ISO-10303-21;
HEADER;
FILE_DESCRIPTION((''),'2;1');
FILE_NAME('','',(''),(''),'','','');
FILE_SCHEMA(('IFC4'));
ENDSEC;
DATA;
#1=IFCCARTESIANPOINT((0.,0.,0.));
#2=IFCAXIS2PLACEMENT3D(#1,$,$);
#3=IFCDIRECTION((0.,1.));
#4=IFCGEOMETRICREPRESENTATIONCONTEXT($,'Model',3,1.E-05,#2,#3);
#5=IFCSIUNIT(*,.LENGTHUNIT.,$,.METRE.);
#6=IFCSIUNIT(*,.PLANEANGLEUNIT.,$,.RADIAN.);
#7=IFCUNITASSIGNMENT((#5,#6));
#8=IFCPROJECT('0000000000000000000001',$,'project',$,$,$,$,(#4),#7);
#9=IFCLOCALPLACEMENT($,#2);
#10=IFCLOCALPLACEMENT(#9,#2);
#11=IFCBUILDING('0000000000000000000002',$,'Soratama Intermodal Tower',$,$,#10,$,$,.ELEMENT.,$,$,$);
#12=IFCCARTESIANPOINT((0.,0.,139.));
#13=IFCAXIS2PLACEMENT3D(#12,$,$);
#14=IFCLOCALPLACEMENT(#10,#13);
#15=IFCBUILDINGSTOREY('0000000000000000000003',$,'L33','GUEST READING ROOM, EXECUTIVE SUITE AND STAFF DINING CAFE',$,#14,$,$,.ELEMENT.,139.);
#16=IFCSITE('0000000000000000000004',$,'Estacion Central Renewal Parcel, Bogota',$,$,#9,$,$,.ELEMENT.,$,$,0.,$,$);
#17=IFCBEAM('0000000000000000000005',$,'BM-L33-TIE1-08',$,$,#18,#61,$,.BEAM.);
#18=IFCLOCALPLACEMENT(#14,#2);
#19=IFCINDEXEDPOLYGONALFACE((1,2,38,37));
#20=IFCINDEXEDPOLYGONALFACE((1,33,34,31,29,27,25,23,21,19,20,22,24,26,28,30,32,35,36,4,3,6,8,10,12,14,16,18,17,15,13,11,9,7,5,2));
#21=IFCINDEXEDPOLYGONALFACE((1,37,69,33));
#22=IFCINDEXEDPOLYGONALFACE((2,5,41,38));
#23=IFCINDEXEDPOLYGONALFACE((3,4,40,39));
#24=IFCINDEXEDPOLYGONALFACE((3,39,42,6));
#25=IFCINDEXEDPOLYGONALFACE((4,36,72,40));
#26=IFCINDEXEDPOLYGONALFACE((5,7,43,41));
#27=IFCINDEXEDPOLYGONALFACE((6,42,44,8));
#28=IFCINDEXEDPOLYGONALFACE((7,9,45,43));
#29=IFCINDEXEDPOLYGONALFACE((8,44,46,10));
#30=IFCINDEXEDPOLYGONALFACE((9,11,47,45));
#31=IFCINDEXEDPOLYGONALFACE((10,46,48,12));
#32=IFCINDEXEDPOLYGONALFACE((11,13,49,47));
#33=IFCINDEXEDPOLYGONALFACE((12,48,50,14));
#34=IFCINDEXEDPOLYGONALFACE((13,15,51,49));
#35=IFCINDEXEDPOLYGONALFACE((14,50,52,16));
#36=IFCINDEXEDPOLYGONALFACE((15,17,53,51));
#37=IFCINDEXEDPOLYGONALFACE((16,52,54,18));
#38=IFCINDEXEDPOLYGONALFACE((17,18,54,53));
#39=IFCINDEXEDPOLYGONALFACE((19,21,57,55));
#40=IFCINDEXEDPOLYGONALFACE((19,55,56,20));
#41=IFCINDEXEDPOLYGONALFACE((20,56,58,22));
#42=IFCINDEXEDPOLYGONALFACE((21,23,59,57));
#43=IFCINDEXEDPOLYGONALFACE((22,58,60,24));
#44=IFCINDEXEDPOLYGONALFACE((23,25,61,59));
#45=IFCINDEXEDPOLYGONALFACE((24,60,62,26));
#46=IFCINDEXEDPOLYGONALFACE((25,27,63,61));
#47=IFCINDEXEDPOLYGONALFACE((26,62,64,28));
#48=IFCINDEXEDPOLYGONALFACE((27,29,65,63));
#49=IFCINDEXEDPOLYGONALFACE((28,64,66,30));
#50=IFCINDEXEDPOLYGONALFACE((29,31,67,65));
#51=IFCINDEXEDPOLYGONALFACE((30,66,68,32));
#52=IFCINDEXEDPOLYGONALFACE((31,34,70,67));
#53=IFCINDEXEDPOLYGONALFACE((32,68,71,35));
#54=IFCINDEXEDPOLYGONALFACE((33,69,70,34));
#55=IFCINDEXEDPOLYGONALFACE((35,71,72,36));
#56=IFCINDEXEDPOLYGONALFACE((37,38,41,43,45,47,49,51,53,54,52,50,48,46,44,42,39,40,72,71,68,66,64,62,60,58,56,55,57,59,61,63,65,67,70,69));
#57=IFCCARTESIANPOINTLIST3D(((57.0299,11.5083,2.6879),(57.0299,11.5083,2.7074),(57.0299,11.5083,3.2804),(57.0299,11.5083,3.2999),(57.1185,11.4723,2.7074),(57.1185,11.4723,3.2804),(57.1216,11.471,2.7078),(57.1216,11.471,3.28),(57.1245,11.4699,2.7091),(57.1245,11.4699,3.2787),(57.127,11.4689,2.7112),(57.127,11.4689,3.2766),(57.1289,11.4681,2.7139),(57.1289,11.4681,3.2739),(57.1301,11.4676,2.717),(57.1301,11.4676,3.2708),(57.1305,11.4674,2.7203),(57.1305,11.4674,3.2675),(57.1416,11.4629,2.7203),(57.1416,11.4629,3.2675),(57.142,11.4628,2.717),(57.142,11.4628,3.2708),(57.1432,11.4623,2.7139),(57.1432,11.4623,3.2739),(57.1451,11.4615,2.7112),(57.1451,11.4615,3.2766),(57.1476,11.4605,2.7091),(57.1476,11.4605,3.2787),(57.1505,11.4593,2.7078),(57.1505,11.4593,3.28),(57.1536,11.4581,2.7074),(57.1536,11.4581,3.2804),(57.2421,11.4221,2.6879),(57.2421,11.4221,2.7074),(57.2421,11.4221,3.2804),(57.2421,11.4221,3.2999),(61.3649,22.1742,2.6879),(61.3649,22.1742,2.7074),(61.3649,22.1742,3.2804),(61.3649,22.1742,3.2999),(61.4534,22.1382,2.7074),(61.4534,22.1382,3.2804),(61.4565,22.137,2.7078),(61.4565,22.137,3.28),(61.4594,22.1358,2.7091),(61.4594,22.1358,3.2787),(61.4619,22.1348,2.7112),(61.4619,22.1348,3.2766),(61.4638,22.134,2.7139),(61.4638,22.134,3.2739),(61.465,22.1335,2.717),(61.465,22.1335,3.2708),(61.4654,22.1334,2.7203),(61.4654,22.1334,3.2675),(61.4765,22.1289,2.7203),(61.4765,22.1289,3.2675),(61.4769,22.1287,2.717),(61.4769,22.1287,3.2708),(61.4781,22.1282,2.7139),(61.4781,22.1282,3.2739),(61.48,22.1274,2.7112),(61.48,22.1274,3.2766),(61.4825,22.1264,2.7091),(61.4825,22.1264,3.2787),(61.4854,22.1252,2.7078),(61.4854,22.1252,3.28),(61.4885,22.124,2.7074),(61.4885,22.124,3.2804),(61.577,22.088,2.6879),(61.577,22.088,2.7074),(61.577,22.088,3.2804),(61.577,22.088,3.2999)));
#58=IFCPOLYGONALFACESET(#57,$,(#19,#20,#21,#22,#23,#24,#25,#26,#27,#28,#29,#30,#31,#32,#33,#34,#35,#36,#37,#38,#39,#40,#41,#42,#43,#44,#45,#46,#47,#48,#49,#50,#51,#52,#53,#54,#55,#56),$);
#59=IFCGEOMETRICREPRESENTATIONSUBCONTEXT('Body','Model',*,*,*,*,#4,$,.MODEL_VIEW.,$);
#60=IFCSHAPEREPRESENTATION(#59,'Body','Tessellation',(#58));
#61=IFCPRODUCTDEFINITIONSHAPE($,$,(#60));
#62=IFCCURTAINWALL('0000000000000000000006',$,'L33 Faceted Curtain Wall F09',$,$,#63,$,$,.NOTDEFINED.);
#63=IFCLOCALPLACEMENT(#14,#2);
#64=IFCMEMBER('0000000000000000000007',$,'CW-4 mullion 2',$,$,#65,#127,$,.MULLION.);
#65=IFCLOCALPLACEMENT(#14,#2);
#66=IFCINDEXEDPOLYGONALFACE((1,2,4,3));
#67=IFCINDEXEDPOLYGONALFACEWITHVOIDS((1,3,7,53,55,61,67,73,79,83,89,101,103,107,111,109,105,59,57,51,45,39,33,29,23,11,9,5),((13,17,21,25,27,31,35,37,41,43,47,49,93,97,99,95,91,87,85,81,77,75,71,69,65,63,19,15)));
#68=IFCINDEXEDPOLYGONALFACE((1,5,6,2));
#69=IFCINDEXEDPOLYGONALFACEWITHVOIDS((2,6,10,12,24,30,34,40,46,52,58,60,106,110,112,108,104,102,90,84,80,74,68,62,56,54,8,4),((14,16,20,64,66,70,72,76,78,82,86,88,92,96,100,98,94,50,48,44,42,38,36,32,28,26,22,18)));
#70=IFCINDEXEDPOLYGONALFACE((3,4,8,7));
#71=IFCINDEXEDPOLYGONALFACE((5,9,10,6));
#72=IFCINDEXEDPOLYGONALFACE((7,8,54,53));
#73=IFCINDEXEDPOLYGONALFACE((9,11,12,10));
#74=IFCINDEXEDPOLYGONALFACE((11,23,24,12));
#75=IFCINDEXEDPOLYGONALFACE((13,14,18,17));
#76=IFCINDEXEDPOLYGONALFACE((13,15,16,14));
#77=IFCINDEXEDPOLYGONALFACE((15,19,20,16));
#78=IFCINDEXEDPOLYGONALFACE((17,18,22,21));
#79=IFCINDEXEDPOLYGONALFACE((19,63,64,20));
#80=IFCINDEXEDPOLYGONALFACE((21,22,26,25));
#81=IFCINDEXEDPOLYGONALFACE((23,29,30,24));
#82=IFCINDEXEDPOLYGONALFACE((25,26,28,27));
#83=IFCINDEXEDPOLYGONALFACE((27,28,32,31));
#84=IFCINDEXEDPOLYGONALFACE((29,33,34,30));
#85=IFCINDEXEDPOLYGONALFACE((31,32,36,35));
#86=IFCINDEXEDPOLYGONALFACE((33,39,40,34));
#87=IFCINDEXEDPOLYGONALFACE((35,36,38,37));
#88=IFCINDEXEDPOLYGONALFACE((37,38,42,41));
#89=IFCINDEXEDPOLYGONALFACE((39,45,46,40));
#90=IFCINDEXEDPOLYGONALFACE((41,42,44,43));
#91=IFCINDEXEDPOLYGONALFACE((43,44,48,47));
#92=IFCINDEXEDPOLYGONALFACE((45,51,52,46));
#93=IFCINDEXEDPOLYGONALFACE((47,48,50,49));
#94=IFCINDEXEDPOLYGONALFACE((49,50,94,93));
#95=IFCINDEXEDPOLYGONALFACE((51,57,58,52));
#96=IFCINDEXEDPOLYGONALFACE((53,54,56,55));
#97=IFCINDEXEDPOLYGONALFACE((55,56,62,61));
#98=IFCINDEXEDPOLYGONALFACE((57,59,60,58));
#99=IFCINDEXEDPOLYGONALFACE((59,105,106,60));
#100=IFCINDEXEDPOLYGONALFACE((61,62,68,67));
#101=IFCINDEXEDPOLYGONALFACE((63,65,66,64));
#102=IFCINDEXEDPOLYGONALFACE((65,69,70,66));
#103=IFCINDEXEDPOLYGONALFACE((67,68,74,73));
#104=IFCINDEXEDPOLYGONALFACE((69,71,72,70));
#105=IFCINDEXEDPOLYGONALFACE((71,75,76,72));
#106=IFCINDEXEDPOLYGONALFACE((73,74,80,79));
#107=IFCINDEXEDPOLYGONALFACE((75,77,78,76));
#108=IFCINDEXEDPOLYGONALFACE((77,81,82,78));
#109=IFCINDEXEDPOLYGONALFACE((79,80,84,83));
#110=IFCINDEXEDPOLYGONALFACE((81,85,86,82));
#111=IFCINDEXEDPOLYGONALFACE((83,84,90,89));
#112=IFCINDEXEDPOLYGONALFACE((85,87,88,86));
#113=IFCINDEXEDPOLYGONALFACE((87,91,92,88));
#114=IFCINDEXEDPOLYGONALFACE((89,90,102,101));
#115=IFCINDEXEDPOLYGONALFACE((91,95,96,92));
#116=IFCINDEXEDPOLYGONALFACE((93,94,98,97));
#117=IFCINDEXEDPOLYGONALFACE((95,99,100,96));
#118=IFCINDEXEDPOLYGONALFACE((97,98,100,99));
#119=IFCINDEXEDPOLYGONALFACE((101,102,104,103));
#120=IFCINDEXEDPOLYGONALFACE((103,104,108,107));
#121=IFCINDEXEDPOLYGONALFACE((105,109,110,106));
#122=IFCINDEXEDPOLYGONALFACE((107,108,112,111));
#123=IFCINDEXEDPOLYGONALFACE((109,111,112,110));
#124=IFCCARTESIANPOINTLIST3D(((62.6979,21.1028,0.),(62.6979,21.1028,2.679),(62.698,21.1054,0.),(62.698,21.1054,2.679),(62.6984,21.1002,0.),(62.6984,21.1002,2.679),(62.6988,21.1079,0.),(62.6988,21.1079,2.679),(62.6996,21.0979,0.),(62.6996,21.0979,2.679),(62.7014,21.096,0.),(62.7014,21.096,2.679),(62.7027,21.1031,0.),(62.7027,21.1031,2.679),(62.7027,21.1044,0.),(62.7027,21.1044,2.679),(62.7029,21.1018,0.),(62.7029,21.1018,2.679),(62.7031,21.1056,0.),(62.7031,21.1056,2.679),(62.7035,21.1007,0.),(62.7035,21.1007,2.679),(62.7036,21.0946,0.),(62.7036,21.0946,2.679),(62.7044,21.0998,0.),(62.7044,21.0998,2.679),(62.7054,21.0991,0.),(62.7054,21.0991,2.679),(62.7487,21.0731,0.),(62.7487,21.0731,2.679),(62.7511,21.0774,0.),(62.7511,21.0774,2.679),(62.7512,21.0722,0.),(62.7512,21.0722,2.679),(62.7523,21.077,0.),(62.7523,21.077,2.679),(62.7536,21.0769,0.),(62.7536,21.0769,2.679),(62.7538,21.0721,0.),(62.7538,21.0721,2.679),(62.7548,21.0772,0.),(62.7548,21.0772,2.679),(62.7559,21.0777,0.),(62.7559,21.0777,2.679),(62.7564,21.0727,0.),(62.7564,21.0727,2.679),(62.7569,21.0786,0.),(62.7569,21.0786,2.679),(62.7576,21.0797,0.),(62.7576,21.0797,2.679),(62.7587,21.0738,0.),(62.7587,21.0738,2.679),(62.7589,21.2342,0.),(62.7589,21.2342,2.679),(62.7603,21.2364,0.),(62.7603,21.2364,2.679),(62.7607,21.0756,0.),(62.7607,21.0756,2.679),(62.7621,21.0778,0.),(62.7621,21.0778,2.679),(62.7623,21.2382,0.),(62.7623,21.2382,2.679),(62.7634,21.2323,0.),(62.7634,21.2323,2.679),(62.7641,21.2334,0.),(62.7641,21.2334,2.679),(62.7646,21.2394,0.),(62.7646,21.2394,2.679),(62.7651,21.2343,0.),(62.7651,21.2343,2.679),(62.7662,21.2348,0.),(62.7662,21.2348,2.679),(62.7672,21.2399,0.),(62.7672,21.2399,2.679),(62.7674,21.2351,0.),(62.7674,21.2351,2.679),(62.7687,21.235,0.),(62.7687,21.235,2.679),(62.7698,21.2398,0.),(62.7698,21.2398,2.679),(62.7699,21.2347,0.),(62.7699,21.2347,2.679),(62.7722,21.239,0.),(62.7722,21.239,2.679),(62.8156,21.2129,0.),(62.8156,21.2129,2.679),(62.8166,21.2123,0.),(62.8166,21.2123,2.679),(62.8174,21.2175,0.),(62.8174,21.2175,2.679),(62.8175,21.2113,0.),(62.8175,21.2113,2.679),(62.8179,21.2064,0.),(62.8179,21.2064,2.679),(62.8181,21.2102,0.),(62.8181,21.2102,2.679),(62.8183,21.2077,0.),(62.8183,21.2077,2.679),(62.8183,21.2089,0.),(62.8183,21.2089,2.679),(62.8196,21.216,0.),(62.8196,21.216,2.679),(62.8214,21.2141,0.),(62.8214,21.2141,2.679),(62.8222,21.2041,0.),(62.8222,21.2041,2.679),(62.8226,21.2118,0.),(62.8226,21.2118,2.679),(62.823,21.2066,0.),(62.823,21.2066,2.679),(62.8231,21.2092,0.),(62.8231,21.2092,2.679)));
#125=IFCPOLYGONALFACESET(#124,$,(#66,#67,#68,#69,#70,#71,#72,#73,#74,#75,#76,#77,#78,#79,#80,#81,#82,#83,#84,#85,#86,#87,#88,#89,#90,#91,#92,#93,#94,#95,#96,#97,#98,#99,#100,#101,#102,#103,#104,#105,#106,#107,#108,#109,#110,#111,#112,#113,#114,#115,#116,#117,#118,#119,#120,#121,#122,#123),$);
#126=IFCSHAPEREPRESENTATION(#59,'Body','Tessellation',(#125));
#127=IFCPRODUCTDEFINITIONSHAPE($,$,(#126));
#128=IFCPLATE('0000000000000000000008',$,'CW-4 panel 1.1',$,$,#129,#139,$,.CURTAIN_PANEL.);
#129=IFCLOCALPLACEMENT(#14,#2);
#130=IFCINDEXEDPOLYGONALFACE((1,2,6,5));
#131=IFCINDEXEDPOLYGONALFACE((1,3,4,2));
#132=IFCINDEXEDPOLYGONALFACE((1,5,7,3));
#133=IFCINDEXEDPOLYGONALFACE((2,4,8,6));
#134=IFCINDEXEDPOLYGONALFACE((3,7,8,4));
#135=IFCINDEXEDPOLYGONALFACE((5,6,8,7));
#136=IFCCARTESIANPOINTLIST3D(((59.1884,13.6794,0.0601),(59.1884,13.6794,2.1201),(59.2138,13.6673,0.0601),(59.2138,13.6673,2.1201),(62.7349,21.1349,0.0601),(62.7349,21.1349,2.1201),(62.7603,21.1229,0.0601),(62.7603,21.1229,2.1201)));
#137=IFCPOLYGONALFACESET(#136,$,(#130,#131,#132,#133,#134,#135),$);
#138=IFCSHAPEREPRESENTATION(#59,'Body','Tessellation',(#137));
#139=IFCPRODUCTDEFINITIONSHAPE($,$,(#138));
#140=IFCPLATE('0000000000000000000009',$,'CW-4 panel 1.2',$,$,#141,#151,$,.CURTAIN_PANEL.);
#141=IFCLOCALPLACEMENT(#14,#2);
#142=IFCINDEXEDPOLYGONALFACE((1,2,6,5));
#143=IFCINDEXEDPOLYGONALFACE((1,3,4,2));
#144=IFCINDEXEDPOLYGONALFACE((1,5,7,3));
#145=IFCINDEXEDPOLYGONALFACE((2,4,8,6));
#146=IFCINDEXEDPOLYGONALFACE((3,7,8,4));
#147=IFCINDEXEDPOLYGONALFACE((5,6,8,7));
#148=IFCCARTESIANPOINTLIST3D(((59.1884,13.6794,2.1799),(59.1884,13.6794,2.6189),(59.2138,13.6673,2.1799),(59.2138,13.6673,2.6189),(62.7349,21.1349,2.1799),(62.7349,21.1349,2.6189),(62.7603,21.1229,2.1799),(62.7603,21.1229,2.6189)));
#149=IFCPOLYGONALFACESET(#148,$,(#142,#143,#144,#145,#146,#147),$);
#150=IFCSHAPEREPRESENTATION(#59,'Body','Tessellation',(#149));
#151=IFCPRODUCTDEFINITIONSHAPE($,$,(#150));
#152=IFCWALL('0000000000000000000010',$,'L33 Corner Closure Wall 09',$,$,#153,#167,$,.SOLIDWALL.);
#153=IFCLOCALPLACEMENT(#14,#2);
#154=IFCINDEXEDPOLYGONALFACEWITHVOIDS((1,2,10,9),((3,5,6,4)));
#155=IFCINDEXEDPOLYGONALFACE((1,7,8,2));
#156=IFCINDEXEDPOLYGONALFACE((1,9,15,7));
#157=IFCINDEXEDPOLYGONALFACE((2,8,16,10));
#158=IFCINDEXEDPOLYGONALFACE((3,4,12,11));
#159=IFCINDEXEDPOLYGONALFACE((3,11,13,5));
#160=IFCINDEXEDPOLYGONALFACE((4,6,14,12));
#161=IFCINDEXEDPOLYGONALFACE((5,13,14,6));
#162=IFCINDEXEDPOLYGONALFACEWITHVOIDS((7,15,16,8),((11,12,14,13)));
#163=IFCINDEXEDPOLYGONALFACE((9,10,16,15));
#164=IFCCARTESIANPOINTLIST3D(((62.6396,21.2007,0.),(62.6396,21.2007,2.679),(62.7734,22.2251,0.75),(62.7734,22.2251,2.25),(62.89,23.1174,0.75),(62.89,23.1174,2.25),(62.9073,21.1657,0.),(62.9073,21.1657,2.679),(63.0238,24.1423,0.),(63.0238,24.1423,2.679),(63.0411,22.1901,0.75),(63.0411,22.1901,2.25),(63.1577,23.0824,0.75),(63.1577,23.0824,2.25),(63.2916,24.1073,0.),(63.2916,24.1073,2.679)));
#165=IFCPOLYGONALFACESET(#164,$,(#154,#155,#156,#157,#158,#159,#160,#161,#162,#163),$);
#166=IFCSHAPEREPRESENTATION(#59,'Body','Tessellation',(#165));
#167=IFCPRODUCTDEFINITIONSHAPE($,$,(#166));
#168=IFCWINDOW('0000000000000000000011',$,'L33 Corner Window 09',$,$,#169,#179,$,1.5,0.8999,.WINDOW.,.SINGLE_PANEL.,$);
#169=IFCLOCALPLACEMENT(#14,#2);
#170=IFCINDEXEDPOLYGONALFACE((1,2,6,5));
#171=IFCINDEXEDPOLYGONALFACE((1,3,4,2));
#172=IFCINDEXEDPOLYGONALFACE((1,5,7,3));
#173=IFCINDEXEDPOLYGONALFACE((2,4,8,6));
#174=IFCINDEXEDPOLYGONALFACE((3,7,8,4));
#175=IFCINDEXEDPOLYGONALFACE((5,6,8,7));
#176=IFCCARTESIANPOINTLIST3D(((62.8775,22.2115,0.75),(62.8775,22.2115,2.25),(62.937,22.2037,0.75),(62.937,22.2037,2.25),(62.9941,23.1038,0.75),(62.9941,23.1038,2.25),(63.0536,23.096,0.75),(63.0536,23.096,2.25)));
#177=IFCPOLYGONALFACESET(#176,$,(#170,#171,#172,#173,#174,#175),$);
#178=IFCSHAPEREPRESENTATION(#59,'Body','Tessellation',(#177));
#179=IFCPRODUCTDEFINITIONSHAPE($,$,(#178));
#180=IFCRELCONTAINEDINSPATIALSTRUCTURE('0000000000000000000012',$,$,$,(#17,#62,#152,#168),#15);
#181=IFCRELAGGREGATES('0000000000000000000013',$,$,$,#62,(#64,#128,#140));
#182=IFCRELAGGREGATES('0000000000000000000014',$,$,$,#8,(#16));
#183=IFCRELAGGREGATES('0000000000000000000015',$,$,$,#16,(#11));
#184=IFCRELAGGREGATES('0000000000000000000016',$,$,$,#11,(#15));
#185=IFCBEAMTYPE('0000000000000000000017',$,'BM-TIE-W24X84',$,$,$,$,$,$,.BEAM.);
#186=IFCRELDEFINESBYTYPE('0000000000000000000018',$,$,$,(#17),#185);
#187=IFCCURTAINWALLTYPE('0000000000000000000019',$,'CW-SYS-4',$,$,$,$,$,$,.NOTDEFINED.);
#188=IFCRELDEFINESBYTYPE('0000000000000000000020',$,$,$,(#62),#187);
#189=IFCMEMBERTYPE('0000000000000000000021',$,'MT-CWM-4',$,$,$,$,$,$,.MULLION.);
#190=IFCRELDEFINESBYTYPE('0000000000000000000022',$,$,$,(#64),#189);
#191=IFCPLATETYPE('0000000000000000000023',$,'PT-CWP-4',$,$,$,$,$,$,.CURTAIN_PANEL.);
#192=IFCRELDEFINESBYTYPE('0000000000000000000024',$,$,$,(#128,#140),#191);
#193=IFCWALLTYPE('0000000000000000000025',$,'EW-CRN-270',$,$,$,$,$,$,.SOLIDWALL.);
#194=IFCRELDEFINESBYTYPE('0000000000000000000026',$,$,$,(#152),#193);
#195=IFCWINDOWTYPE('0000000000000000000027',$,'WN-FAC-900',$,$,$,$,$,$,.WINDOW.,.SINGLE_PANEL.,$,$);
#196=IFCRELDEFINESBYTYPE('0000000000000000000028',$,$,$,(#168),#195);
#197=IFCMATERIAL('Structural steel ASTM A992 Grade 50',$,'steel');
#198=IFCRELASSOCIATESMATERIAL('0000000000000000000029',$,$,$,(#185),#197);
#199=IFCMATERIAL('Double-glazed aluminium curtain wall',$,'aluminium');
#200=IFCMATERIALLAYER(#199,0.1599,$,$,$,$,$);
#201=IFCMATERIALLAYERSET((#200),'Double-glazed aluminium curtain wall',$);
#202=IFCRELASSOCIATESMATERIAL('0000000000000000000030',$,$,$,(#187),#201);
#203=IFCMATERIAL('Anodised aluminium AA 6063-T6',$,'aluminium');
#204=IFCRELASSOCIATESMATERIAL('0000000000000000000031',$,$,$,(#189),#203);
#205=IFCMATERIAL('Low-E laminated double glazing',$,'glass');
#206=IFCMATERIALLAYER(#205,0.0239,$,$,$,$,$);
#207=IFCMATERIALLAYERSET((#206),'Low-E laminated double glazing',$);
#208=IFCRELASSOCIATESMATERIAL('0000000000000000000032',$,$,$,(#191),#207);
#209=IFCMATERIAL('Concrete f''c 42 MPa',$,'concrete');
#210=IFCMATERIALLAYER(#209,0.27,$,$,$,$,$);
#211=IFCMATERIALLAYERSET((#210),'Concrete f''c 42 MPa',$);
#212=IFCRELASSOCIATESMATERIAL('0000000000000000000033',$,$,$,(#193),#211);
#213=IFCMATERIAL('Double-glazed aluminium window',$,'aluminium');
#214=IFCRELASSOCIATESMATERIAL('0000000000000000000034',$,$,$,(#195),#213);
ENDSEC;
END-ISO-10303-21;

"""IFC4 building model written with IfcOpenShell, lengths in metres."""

from ifc_helpers import new_model, si_unit, direction, frame, frame_2d, origin, origin_2d, place, context, subcontext, project, spatial, rectangle, hollow_rectangle, i_section, extrude, material, layer, layer_set, material_profile, profile_set, type_object, element, fill, aggregate, save


model = new_model("IFC4")

# Units and contexts
model_context = context("Model", 3, precision=1e-05, world=origin(), true_north=direction((0.0, 1.0)))
body_context = subcontext(model_context, "Body", "Model", "MODEL_VIEW")
ifc_project = project(units=[si_unit("LENGTHUNIT", "METRE"), si_unit("PLANEANGLEUNIT", "RADIAN")], contexts=[model_context])

# Site, building, storey
site_placement = place(None, origin())
site = spatial("IfcSite", under=ifc_project, at=site_placement, Name="Estacion Central Renewal Parcel, Bogota", CompositionType="ELEMENT", RefElevation=0.0)
building_placement = place(site_placement, origin())
building = spatial("IfcBuilding", under=site, at=building_placement, Name="Soratama Intermodal Tower", CompositionType="ELEMENT")
storey_placement = place(building_placement, frame((0.0, 0.0, 139.0)))
storey = spatial("IfcBuildingStorey", under=building, at=storey_placement, Name="L33", Description="GUEST READING ROOM, EXECUTIVE SUITE AND STAFF DINING CAFE", CompositionType="ELEMENT", Elevation=139.0)

# Beam
ifc_material_1 = material(Name="Structural steel ASTM A992 Grade 50", Category="steel")
ifc_material_profile_1 = material_profile(ifc_material_1, i_section(OverallWidth=0.229, OverallDepth=0.6121, WebThickness=0.012, FlangeThickness=0.0195, FilletRadius=0.0129, at=origin_2d()), Name="W24X84")
ifc_profile_set_1 = profile_set([ifc_material_profile_1], Name="Structural steel ASTM A992 Grade 50")
beam_type_1 = type_object("IfcBeamType", Name="BM-TIE-W24X84", PredefinedType="BEAM", material=ifc_profile_set_1)
beam_1_placement = place(storey_placement, frame((61.4709, 22.1311, 2.9939), z_axis=(-0.376518, -0.926409, 0.0), x_axis=(0.926409, -0.376518, 0.0)))
element("IfcBeam", 1, at=beam_1_placement, inside=storey, type_object=beam_type_1, Name="BM-L33-TIE1-08", PredefinedType="BEAM", context=body_context, shape_type="SweptSolid", body=[
    extrude(i_section(OverallWidth=0.229, OverallDepth=0.6121, WebThickness=0.012, FlangeThickness=0.0195, FilletRadius=0.0129, at=origin_2d()), origin(), (0.0, 0.0, 1.0), 11.5132),
])

# Curtain wall, member, plates
ifc_material_2 = material(Name="Double-glazed aluminium curtain wall", Category="aluminium")
ifc_layer_1 = layer(ifc_material_2, 0.1599)
ifc_layer_set_1 = layer_set([ifc_layer_1], Name="Double-glazed aluminium curtain wall")
curtain_wall_type = type_object("IfcCurtainWallType", Name="CW-SYS-4", PredefinedType="NOTDEFINED", material=ifc_layer_set_1)
curtain_wall_placement = place(storey_placement, origin())
curtain_wall = element("IfcCurtainWall", 2, at=curtain_wall_placement, inside=storey, type_object=curtain_wall_type, Name="L33 Faceted Curtain Wall F09", PredefinedType="NOTDEFINED")
ifc_material_3 = material(Name="Anodised aluminium AA 6063-T6", Category="aluminium")
ifc_material_profile_2 = material_profile(ifc_material_3, hollow_rectangle(XDim=0.0701, YDim=0.1599, WallThickness=0.0049, InnerFilletRadius=0.0049, OuterFilletRadius=0.01, at=origin_2d()), Name="CWM160X70X5")
ifc_profile_set_2 = profile_set([ifc_material_profile_2], Name="Anodised aluminium AA 6063-T6")
member_type = type_object("IfcMemberType", Name="MT-CWM-4", PredefinedType="MULLION", material=ifc_profile_set_2)
member_placement = place(storey_placement, frame((62.7605, 21.156, 0.0), z_axis=(0.0, 0.0, 1.0), x_axis=(-0.903037, 0.429563, 0.0)))
member = element("IfcMember", 3, at=member_placement, type_object=member_type, Name="CW-4 mullion 2", PredefinedType="MULLION", context=body_context, shape_type="SweptSolid", body=[
    extrude(hollow_rectangle(XDim=0.0701, YDim=0.1599, WallThickness=0.0049, InnerFilletRadius=0.0049, OuterFilletRadius=0.01, at=origin_2d()), origin(), (0.0, 0.0, 1.0), 2.679),
])
ifc_material_4 = material(Name="Low-E laminated double glazing", Category="glass")
ifc_layer_2 = layer(ifc_material_4, 0.0239)
ifc_layer_set_2 = layer_set([ifc_layer_2], Name="Low-E laminated double glazing")
plate_type = type_object("IfcPlateType", Name="PT-CWP-4", PredefinedType="CURTAIN_PANEL", material=ifc_layer_set_2)
plate_1_placement = place(storey_placement, frame((60.9744, 17.4011, 0.0601), z_axis=(0.0, 0.0, 1.0), x_axis=(0.429563, 0.903037, 0.0)))
plate_1 = element("IfcPlate", 4, at=plate_1_placement, type_object=plate_type, Name="CW-4 panel 1.1", PredefinedType="CURTAIN_PANEL", context=body_context, shape_type="SweptSolid", body=[
    extrude(rectangle(XDim=8.2561, YDim=0.0281, at=origin_2d()), origin(), (0.0, 0.0, 1.0), 2.0601),
])
plate_2_placement = place(storey_placement, frame((60.9744, 17.4011, 2.1799), z_axis=(0.0, 0.0, 1.0), x_axis=(0.429563, 0.903037, 0.0)))
plate_2 = element("IfcPlate", 5, at=plate_2_placement, type_object=plate_type, Name="CW-4 panel 1.2", PredefinedType="CURTAIN_PANEL", context=body_context, shape_type="SweptSolid", body=[
    extrude(rectangle(XDim=8.2561, YDim=0.0281, at=origin_2d()), origin(), (0.0, 0.0, 1.0), 0.439),
])
aggregate(curtain_wall, [member, plate_1, plate_2])

# Wall, opening, window
ifc_material_5 = material(Name="Concrete f'c 42 MPa", Category="concrete")
ifc_layer_3 = layer(ifc_material_5, 0.27)
ifc_layer_set_3 = layer_set([ifc_layer_3], Name="Concrete f'c 42 MPa")
wall_type_1 = type_object("IfcWallType", Name="EW-CRN-270", PredefinedType="SOLIDWALL", material=ifc_layer_set_3)
wall_1_placement = place(storey_placement, frame((62.7734, 21.1831, 0.0), z_axis=(0.0, 0.0, 1.0), x_axis=(0.129533, 0.991575, 0.0)))
wall_1 = element("IfcWall", 6, at=wall_1_placement, inside=storey, type_object=wall_type_1, Name="L33 Corner Closure Wall 09", PredefinedType="SOLIDWALL", context=body_context, shape_type="SweptSolid", body=[
    extrude(rectangle(XDim=2.9666, YDim=0.27, at=frame_2d((1.4834, 0.0))), origin(), (0.0, 0.0, 1.0), 2.679),
])
opening_1_placement = place(wall_1_placement, frame((1.0332, 0.0, 0.75)))
opening_1 = element("IfcOpeningElement", 7, at=opening_1_placement, cuts=wall_1, PredefinedType="OPENING", context=body_context, shape_type="SweptSolid", body=[
    extrude(rectangle(XDim=0.8999, YDim=1.5, at=frame_2d((0.45, 0.75))), frame((0.0, 0.145, 0.0), z_axis=(0.0, -1.0, 0.0), x_axis=(1.0, 0.0, 0.0)), (0.0, 0.0, 1.0), 0.29),
])
ifc_material_6 = material(Name="Double-glazed aluminium window", Category="aluminium")
window_type_1 = type_object("IfcWindowType", Name="WN-FAC-900", PartitioningType="SINGLE_PANEL", PredefinedType="WINDOW", material=ifc_material_6)
window_1_placement = place(opening_1_placement, origin())
window_1 = element("IfcWindow", 8, at=window_1_placement, inside=storey, type_object=window_type_1, Name="L33 Corner Window 09", OverallHeight=1.5, OverallWidth=0.8999, PartitioningType="SINGLE_PANEL", PredefinedType="WINDOW", context=body_context, shape_type="SweptSolid", body=[
    extrude(rectangle(XDim=0.8999, YDim=1.5, at=frame_2d((0.45, 0.75))), frame((0.0, 0.03, 0.0), z_axis=(0.0, -1.0, 0.0), x_axis=(1.0, 0.0, 0.0)), (0.0, 0.0, 1.0), 0.0601),
])
fill(opening_1, window_1)

save(model, "model.ifc")
